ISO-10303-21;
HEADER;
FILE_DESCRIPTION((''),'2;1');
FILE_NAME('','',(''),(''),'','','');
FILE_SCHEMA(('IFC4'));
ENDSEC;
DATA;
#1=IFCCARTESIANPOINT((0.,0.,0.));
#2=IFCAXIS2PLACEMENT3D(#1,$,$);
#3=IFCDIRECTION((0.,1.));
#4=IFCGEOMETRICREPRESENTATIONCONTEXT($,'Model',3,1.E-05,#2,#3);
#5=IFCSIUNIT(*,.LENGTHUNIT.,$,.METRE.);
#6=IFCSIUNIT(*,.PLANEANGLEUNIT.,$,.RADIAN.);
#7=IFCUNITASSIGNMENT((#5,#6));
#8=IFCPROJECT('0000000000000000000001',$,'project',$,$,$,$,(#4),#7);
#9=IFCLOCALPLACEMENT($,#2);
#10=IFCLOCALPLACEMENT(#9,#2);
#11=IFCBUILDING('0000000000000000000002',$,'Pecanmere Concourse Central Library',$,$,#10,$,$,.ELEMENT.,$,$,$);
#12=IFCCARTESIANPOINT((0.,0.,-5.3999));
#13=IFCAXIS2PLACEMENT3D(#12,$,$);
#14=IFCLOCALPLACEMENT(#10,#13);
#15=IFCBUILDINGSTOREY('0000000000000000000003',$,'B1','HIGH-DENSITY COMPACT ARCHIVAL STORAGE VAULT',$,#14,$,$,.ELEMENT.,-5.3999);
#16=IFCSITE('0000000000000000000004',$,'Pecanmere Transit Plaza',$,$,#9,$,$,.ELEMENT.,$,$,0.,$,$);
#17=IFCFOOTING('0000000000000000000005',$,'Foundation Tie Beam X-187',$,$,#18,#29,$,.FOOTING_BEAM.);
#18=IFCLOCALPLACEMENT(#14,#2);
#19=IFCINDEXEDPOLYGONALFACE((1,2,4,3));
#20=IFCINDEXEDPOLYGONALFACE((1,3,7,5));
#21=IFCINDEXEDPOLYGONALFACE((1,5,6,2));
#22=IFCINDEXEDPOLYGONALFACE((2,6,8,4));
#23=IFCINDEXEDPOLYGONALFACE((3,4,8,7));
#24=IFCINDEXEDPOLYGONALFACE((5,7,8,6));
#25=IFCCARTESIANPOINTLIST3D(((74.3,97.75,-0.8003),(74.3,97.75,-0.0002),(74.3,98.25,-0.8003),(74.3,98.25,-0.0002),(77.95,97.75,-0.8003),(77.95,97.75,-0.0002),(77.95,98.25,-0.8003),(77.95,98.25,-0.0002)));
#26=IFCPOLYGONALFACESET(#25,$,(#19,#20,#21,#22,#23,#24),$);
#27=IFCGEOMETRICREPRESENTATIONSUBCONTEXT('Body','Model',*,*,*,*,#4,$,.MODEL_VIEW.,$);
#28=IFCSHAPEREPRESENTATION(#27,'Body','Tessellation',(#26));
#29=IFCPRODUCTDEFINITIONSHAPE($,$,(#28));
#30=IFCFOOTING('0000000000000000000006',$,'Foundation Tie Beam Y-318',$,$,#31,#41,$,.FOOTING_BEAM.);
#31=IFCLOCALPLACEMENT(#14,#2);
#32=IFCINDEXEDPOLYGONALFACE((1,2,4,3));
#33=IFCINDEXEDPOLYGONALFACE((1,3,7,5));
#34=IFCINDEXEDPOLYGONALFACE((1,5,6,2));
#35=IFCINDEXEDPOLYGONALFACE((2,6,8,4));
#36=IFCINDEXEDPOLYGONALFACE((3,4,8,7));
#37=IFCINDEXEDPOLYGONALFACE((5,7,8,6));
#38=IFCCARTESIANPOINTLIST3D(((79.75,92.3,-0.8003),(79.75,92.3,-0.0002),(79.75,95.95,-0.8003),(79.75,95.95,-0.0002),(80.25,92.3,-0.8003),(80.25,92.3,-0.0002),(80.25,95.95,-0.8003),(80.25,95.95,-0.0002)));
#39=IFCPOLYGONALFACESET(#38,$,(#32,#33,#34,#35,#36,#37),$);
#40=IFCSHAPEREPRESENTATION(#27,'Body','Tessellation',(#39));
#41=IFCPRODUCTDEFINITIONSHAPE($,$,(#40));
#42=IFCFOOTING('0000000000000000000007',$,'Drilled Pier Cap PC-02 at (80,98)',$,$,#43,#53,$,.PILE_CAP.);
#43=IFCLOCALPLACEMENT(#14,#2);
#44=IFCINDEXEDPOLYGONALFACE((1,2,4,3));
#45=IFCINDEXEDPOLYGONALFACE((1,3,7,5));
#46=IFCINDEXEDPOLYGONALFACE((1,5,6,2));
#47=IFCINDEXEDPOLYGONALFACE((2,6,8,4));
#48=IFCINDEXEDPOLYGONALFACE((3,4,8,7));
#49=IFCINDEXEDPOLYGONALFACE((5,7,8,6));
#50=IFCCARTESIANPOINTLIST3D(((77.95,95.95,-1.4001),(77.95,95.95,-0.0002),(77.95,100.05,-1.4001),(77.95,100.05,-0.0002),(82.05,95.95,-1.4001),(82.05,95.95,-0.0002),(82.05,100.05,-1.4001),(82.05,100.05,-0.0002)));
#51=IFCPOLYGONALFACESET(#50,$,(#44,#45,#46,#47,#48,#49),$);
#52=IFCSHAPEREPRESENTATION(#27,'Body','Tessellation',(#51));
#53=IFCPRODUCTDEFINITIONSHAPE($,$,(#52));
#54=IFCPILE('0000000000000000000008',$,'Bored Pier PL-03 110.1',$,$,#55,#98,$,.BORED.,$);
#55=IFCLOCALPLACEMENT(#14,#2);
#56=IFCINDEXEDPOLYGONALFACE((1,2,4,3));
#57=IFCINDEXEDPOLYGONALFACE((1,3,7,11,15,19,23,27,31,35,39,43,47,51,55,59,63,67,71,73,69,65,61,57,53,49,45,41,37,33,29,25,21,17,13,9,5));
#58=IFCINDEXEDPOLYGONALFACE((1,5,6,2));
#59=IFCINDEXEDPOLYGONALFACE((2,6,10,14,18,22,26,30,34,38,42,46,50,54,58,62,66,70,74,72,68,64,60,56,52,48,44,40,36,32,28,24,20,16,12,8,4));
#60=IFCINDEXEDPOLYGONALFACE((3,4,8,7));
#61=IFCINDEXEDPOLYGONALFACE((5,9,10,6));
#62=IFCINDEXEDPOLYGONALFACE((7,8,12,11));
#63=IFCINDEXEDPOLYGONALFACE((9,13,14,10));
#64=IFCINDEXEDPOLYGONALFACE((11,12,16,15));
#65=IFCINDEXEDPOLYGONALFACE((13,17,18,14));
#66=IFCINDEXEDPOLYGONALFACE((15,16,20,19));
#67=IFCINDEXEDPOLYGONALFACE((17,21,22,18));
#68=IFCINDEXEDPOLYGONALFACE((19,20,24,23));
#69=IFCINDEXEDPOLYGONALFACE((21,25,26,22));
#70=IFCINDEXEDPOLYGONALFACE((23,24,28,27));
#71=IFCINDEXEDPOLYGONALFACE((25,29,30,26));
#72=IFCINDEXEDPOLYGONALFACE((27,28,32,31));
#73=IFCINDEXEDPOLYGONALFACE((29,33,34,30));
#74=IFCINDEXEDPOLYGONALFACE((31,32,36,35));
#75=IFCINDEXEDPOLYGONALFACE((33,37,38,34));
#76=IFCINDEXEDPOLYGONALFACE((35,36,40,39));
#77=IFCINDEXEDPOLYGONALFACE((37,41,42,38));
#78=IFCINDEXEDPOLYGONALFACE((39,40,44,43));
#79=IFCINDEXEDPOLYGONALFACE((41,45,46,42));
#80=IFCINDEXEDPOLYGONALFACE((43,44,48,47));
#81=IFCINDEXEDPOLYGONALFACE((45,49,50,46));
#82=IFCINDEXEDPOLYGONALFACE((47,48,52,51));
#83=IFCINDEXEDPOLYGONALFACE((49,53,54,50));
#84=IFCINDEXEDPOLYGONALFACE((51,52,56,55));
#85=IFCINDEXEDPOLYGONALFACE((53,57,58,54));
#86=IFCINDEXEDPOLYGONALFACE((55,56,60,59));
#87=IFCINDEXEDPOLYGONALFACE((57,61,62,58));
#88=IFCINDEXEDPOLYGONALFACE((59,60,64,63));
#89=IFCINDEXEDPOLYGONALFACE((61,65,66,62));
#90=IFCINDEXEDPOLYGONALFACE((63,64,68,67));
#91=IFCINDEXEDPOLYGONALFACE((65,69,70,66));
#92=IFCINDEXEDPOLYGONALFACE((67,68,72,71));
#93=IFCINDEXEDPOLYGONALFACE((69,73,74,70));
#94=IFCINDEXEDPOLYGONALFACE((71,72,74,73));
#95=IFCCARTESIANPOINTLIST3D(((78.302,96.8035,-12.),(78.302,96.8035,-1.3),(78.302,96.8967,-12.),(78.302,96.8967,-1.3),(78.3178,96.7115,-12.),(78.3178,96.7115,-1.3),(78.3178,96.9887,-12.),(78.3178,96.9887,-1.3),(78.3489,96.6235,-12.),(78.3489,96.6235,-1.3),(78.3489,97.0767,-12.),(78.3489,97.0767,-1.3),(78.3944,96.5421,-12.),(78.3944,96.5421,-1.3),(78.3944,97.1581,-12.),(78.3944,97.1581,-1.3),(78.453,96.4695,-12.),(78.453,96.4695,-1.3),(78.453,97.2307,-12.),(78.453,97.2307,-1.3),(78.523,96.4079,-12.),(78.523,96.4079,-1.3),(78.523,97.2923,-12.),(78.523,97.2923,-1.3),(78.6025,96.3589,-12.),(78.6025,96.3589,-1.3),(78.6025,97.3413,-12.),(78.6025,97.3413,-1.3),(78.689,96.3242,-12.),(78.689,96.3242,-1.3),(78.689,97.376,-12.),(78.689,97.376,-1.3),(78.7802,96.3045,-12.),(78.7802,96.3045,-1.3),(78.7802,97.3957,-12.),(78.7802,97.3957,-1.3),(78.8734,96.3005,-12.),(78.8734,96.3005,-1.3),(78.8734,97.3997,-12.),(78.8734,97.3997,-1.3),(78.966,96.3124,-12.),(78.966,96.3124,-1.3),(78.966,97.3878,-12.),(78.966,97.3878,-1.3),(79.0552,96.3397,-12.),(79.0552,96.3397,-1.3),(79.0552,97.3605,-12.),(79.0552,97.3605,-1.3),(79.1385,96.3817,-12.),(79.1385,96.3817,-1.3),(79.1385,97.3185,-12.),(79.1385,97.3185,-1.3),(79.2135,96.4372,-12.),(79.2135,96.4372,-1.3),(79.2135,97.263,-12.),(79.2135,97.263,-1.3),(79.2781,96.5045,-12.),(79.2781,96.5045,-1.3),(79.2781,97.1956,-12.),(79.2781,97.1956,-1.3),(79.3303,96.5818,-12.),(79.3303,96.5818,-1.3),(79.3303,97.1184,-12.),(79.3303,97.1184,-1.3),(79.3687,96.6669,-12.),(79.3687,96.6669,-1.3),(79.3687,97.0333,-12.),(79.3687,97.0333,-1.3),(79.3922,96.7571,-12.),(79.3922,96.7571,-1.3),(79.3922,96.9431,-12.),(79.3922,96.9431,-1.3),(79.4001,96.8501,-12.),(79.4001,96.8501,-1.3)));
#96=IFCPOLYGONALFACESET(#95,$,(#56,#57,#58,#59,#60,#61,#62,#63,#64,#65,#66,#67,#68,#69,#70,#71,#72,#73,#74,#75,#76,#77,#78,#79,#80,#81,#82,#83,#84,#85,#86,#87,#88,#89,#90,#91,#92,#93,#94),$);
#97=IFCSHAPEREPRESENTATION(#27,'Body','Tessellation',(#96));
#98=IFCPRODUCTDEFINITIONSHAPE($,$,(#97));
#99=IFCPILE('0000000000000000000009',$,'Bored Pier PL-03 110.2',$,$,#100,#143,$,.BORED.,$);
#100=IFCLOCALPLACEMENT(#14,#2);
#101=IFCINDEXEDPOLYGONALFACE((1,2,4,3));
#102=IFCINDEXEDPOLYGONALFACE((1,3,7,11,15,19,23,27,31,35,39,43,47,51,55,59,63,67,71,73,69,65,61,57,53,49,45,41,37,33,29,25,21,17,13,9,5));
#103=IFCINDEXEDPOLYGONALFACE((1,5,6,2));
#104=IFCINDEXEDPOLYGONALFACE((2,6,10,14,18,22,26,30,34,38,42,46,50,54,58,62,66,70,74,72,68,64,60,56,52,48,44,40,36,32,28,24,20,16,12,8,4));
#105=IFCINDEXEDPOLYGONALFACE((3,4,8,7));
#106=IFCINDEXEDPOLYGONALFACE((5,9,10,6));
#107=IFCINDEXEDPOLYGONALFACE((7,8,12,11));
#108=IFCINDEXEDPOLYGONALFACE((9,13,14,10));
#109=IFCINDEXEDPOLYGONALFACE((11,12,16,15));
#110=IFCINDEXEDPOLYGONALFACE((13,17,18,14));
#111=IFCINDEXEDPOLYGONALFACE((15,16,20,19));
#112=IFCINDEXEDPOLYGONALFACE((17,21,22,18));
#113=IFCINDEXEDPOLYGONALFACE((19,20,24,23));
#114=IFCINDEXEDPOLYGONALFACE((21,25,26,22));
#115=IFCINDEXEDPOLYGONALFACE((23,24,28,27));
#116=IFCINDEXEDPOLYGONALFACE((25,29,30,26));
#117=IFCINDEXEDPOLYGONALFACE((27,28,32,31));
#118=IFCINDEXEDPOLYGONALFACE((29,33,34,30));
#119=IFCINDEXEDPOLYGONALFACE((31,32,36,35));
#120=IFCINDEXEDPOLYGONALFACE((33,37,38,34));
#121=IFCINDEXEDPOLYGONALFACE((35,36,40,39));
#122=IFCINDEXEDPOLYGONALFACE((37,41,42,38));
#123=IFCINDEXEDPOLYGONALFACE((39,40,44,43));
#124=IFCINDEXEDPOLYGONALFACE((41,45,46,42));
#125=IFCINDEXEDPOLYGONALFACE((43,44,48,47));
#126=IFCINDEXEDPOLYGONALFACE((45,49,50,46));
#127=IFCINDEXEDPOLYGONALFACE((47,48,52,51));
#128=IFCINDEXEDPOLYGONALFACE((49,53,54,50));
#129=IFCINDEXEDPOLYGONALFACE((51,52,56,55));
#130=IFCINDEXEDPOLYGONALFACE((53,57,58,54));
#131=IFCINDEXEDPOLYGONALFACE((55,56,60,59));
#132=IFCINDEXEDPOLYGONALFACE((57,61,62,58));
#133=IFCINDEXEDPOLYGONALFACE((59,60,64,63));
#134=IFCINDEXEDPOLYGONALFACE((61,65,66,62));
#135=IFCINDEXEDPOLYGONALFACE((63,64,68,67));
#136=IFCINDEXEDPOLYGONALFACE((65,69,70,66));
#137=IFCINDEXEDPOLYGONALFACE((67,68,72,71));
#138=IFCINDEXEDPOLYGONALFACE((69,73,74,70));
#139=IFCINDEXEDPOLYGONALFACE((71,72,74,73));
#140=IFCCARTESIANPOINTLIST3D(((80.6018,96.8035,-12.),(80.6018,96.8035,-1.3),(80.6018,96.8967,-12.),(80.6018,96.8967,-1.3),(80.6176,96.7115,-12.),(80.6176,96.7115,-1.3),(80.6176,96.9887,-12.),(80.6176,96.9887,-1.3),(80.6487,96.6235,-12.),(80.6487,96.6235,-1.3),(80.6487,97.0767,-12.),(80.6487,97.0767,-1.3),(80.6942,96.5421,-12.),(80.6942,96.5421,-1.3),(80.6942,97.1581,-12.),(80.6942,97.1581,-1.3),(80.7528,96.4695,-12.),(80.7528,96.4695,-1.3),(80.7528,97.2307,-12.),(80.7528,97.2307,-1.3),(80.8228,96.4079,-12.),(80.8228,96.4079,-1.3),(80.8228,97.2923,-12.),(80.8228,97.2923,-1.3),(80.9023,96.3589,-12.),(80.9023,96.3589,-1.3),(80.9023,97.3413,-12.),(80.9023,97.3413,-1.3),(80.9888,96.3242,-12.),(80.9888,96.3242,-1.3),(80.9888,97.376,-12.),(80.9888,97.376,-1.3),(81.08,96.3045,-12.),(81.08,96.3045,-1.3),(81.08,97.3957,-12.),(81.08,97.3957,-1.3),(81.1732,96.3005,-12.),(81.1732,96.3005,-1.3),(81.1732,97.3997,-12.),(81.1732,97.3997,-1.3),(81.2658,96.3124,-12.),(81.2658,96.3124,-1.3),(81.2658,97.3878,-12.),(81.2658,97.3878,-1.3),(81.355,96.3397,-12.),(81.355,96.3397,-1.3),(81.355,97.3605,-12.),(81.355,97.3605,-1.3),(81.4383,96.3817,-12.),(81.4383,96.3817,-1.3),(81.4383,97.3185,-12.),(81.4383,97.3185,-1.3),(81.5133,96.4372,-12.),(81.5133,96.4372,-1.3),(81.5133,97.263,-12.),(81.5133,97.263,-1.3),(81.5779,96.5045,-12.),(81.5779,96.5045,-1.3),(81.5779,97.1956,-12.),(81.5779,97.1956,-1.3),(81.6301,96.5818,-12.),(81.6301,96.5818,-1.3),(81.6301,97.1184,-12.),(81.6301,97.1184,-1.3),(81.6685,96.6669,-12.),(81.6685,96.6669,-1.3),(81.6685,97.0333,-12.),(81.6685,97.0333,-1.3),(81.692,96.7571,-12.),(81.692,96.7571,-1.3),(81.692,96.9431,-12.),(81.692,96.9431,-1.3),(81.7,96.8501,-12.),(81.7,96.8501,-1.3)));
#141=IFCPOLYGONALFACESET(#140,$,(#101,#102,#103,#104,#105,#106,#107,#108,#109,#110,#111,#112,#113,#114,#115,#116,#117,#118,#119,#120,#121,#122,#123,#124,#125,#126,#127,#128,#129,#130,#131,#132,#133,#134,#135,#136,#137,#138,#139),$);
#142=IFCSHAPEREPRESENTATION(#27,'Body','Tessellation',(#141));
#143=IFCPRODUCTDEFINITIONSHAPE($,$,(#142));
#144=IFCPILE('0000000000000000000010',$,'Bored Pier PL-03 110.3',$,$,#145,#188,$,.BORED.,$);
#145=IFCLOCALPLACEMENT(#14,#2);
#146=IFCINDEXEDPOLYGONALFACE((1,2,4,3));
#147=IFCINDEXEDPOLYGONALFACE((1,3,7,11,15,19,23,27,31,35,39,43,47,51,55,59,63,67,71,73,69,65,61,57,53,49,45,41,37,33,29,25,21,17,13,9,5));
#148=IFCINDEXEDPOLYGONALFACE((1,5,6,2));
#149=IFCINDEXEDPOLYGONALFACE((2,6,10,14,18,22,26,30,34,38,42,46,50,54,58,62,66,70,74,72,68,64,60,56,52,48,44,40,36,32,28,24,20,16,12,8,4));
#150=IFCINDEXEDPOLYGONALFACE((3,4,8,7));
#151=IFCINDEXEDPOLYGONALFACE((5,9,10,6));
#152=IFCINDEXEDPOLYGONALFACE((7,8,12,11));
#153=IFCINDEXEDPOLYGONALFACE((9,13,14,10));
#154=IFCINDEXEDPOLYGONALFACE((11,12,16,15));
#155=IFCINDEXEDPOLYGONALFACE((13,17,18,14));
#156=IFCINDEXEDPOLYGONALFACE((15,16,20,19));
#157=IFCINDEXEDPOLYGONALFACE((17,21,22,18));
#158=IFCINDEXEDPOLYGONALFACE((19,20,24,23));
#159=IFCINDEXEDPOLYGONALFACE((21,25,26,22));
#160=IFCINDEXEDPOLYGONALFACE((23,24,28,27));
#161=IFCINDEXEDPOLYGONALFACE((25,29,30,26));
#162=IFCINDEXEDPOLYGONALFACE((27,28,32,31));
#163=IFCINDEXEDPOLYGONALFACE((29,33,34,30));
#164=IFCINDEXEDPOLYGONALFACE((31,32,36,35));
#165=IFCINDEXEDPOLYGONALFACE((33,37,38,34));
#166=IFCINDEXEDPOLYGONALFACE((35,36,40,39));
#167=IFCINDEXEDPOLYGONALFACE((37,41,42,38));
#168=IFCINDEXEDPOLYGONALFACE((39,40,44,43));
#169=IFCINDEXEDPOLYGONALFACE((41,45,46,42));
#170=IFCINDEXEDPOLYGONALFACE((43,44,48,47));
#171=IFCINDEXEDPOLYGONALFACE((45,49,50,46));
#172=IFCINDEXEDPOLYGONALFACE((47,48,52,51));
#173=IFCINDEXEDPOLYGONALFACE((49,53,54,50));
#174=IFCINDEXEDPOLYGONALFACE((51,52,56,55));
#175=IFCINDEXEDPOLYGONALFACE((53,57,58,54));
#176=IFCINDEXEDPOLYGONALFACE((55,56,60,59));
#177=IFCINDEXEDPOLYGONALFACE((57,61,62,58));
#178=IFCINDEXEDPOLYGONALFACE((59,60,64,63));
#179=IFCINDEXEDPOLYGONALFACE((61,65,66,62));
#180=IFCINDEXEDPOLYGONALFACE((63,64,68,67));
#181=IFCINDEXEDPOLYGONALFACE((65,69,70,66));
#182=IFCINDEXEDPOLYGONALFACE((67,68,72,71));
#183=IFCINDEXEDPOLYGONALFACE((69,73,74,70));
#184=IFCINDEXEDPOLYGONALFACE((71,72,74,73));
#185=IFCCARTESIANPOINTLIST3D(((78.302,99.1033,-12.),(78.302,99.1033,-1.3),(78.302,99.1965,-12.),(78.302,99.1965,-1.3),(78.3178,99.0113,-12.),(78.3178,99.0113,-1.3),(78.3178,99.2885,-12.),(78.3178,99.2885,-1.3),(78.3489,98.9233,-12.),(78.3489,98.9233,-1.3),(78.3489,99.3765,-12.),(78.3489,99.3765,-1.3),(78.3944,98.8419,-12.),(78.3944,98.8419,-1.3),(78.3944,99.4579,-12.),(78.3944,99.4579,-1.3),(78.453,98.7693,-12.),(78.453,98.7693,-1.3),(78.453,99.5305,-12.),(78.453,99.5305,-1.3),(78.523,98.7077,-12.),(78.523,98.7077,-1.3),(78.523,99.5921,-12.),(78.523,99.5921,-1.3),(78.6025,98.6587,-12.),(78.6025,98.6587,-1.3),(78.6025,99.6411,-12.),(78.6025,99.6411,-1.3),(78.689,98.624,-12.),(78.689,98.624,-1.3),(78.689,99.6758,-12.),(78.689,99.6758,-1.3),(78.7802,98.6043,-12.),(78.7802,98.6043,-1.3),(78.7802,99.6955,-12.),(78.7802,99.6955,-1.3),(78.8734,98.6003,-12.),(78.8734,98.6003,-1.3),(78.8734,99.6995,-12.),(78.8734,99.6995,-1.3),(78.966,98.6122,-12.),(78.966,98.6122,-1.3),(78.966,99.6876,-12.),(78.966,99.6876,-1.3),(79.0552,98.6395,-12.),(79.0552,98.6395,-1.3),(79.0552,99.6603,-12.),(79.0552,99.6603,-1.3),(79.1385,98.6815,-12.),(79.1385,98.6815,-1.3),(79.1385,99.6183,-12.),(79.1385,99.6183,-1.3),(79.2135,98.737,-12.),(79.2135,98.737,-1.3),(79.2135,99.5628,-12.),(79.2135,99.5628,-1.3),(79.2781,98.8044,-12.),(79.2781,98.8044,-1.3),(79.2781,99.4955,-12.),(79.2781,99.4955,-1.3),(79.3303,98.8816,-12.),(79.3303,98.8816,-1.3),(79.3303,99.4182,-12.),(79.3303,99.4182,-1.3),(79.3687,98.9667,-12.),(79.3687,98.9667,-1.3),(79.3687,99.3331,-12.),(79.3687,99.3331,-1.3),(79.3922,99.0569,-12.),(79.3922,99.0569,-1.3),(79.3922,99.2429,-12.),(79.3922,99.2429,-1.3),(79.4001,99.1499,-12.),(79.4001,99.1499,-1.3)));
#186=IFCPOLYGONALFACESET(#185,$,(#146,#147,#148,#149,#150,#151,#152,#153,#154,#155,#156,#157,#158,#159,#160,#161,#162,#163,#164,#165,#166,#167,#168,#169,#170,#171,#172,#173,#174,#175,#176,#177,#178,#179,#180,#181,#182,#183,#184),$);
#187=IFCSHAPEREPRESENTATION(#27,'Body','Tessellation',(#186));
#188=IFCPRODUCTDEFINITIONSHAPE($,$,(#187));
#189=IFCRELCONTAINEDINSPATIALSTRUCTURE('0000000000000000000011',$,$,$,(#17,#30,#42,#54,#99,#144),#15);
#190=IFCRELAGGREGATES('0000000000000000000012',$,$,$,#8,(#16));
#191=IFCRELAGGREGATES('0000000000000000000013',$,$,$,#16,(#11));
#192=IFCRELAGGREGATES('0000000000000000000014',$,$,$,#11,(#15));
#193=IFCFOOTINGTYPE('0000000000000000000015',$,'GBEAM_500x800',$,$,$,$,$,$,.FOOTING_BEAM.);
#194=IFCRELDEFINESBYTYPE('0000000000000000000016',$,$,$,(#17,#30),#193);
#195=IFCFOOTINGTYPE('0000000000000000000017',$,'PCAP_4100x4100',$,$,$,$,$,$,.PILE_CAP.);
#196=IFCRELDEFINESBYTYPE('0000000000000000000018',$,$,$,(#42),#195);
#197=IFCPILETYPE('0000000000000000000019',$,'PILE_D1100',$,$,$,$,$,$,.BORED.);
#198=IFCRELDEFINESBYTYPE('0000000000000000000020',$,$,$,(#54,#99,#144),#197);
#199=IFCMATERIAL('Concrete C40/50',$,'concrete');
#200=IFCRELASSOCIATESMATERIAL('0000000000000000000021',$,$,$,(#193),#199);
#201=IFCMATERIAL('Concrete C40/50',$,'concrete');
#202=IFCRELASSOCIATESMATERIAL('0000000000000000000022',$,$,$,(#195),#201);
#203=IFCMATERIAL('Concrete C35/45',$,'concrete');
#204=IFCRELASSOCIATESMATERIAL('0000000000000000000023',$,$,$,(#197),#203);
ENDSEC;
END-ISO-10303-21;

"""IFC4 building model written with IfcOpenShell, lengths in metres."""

from ifc_helpers import new_model, si_unit, direction, frame, origin, origin_2d, place, context, subcontext, project, spatial, rectangle, circle, extrude, material, material_profile, profile_set, type_object, element, save


model = new_model("IFC4")

# Units and contexts
model_context = context("Model", 3, precision=1e-05, world=origin(), true_north=direction((0.0, 1.0)))
body_context = subcontext(model_context, "Body", "Model", "MODEL_VIEW")
ifc_project = project(units=[si_unit("LENGTHUNIT", "METRE"), si_unit("PLANEANGLEUNIT", "RADIAN")], contexts=[model_context])

# Site, building, storey
site_placement = place(None, origin())
site = spatial("IfcSite", under=ifc_project, at=site_placement, Name="Pecanmere Transit Plaza", CompositionType="ELEMENT", RefElevation=0.0)
building_placement = place(site_placement, origin())
building = spatial("IfcBuilding", under=site, at=building_placement, Name="Pecanmere Concourse Central Library", CompositionType="ELEMENT")
storey_placement = place(building_placement, frame((0.0, 0.0, -5.3999)))
storey = spatial("IfcBuildingStorey", under=building, at=storey_placement, Name="B1", Description="HIGH-DENSITY COMPACT ARCHIVAL STORAGE VAULT", CompositionType="ELEMENT", Elevation=-5.3999)

# Footings
ifc_material_1 = material(Name="Concrete C40/50", Category="concrete")
ifc_material_profile_1 = material_profile(ifc_material_1, rectangle(XDim=0.5, YDim=0.8, at=origin_2d()), Name="RC 500x800")
ifc_profile_set_1 = profile_set([ifc_material_profile_1], Name="Concrete C40/50")
footing_type_1 = type_object("IfcFootingType", Name="GBEAM_500x800", PredefinedType="FOOTING_BEAM", material=ifc_profile_set_1)
for number, where, z_axis, x_axis, name in (
    (1, (76.125, 98.0, -0.8003), (0.0, 0.0, 1.0), (1.0, 0.0, 0.0), "Foundation Tie Beam X-187"),
    (2, (80.0, 94.125, -0.8003), (0.0, 0.0, 1.0), (0.0, 1.0, 0.0), "Foundation Tie Beam Y-318"),
):
    element("IfcFooting", number, at=place(storey_placement, frame(where, z_axis=z_axis, x_axis=x_axis)), inside=storey, type_object=footing_type_1, Name=name, PredefinedType="FOOTING_BEAM", context=body_context, shape_type="SweptSolid", body=[
        extrude(rectangle(XDim=3.6499, YDim=0.5, at=origin_2d()), origin(), (0.0, 0.0, 1.0), 0.8),
    ])
ifc_material_2 = material(Name="Concrete C40/50", Category="concrete")
footing_type_2 = type_object("IfcFootingType", Name="PCAP_4100x4100", PredefinedType="PILE_CAP", material=ifc_material_2)
footing_placement = place(storey_placement, frame((80.0, 98.0, -1.4001), z_axis=(0.0, 0.0, 1.0), x_axis=(1.0, 0.0, 0.0)))
element("IfcFooting", 3, at=footing_placement, inside=storey, type_object=footing_type_2, Name="Drilled Pier Cap PC-02 at (80,98)", PredefinedType="PILE_CAP", context=body_context, shape_type="SweptSolid", body=[
    extrude(rectangle(XDim=4.1001, YDim=4.1001, at=origin_2d()), origin(), (0.0, 0.0, 1.0), 1.3999),
])

# Piles
ifc_material_3 = material(Name="Concrete C35/45", Category="concrete")
ifc_material_profile_2 = material_profile(ifc_material_3, circle(Radius=0.55, at=origin_2d()), Name="PIER D1100")
ifc_profile_set_2 = profile_set([ifc_material_profile_2], Name="Concrete C35/45")
pile_type_1 = type_object("IfcPileType", Name="PILE_D1100", PredefinedType="BORED", material=ifc_profile_set_2)
for number, where, z_axis, x_axis, name in (
    (4, (78.8501, 96.8501, -1.3), (0.0, 0.0, -1.0), (1.0, 0.0, 0.0), "Bored Pier PL-03 110.1"),
    (5, (81.1499, 96.8501, -1.3), (0.0, 0.0, -1.0), (1.0, 0.0, 0.0), "Bored Pier PL-03 110.2"),
    (6, (78.8501, 99.1499, -1.3), (0.0, 0.0, -1.0), (1.0, 0.0, 0.0), "Bored Pier PL-03 110.3"),
):
    element("IfcPile", number, at=place(storey_placement, frame(where, z_axis=z_axis, x_axis=x_axis)), inside=storey, type_object=pile_type_1, Name=name, PredefinedType="BORED", context=body_context, shape_type="SweptSolid", body=[
        extrude(circle(Radius=0.55, at=origin_2d()), origin(), (0.0, 0.0, 1.0), 10.7),
    ])

save(model, "model.ifc")
